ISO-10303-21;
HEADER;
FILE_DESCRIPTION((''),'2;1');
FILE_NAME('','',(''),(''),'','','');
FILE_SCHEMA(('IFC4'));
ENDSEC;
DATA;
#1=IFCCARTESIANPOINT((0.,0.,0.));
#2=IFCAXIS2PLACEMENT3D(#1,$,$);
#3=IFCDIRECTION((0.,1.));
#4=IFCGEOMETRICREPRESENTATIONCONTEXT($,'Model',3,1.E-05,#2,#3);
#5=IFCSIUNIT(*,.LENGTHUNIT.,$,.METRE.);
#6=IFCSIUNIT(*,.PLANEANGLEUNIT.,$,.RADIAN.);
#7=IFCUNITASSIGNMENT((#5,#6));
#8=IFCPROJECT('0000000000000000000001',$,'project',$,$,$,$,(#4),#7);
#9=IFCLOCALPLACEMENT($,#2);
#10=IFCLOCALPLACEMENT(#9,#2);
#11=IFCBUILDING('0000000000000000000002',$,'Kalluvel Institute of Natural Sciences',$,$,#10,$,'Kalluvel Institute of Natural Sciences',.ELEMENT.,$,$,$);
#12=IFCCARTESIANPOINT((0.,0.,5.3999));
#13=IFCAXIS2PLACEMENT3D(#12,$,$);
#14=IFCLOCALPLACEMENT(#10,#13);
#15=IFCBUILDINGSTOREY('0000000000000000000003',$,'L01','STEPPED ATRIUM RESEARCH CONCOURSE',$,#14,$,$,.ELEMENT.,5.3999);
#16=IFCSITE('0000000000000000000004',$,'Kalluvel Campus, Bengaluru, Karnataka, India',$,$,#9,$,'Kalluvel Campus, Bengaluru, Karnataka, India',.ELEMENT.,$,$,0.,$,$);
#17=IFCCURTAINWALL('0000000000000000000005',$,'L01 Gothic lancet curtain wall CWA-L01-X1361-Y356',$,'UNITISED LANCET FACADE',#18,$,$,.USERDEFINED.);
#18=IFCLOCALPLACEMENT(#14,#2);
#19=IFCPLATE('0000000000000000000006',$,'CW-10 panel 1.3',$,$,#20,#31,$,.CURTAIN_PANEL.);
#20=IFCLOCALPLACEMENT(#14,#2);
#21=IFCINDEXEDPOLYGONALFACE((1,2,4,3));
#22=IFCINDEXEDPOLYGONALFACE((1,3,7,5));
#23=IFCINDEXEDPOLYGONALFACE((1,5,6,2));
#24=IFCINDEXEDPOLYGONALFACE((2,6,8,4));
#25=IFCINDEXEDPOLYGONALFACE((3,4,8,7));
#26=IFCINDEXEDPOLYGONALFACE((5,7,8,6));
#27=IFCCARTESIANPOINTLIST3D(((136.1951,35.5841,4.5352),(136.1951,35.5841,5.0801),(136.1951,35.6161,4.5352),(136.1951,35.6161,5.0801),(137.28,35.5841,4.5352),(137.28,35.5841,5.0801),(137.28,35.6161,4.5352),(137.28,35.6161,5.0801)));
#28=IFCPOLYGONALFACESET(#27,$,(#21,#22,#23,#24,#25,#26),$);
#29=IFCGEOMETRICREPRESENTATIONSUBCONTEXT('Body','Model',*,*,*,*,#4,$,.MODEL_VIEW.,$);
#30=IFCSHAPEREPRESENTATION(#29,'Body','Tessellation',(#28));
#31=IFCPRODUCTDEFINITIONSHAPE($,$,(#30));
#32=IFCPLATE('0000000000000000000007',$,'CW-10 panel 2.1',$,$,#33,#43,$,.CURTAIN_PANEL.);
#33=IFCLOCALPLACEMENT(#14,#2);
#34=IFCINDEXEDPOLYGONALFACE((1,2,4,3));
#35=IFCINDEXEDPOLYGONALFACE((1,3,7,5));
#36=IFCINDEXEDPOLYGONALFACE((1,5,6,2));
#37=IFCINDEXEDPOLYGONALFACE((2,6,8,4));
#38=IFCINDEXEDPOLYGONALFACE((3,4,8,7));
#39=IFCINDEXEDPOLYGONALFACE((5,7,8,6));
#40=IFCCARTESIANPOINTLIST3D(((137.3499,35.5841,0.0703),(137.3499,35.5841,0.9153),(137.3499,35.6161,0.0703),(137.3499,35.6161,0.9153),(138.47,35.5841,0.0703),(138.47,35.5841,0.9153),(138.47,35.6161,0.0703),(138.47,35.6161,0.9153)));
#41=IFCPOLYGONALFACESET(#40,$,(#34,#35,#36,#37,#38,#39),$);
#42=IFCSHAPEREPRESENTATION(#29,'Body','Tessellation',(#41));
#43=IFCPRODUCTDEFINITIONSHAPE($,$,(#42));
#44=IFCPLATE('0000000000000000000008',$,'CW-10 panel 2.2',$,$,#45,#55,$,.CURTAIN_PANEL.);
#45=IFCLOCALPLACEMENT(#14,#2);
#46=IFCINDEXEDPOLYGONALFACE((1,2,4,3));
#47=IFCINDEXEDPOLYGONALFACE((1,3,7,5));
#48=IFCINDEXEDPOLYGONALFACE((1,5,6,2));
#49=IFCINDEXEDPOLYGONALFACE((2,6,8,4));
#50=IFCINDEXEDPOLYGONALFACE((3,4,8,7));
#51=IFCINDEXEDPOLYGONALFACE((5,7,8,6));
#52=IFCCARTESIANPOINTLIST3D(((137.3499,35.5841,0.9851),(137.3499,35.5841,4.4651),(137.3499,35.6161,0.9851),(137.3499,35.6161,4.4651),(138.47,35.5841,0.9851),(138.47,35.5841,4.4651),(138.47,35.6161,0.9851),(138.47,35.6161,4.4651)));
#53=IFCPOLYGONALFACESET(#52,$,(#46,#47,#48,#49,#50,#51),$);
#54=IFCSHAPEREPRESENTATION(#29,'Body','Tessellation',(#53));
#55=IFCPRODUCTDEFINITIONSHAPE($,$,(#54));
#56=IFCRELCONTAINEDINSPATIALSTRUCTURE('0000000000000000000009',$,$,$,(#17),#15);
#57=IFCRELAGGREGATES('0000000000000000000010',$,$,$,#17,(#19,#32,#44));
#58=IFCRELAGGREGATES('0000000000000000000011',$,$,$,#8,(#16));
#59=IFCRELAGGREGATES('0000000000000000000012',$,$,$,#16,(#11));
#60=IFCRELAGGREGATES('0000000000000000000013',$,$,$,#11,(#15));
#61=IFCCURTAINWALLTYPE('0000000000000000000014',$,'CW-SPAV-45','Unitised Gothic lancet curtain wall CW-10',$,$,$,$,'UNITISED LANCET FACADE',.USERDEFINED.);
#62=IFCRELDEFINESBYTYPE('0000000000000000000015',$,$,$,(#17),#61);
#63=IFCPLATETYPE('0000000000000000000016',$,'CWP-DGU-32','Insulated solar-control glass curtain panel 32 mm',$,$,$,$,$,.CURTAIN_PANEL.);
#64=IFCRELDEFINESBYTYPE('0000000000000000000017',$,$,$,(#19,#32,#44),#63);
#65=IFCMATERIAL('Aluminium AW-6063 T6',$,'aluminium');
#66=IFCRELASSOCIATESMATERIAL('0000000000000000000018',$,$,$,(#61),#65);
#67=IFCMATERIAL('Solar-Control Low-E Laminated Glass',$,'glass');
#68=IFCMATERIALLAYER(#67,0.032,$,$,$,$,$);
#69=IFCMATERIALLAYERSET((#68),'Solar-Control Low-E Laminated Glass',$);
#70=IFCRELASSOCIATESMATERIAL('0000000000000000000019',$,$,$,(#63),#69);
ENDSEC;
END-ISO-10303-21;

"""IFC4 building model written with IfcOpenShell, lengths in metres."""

from ifc_helpers import new_model, si_unit, direction, frame, origin, origin_2d, place, context, subcontext, project, spatial, rectangle, extrude, material, layer, layer_set, type_object, element, aggregate, save


model = new_model("IFC4")

# Units and contexts
model_context = context("Model", 3, precision=1e-05, world=origin(), true_north=direction((0.0, 1.0)))
body_context = subcontext(model_context, "Body", "Model", "MODEL_VIEW")
ifc_project = project(units=[si_unit("LENGTHUNIT", "METRE"), si_unit("PLANEANGLEUNIT", "RADIAN")], contexts=[model_context])

# Site, building, storey
site_placement = place(None, origin())
site = spatial("IfcSite", under=ifc_project, at=site_placement, Name="Kalluvel Campus, Bengaluru, Karnataka, India", LongName="Kalluvel Campus, Bengaluru, Karnataka, India", CompositionType="ELEMENT", RefElevation=0.0)
building_placement = place(site_placement, origin())
building = spatial("IfcBuilding", under=site, at=building_placement, Name="Kalluvel Institute of Natural Sciences", LongName="Kalluvel Institute of Natural Sciences", CompositionType="ELEMENT")
storey_placement = place(building_placement, frame((0.0, 0.0, 5.3999)))
storey = spatial("IfcBuildingStorey", under=building, at=storey_placement, Name="L01", Description="STEPPED ATRIUM RESEARCH CONCOURSE", CompositionType="ELEMENT", Elevation=5.3999)

# Curtain wall
ifc_material_1 = material(Name="Aluminium AW-6063 T6", Category="aluminium")
curtain_wall_type = type_object("IfcCurtainWallType", Name="CW-SPAV-45", Description="Unitised Gothic lancet curtain wall CW-10", ElementType="UNITISED LANCET FACADE", PredefinedType="USERDEFINED", material=ifc_material_1)
curtain_wall_1_placement = place(storey_placement, origin())
curtain_wall_1 = element("IfcCurtainWall", 1, at=curtain_wall_1_placement, inside=storey, type_object=curtain_wall_type, Name="L01 Gothic lancet curtain wall CWA-L01-X1361-Y356", ObjectType="UNITISED LANCET FACADE", PredefinedType="USERDEFINED")

# Plates
ifc_material_2 = material(Name="Solar-Control Low-E Laminated Glass", Category="glass")
ifc_layer = layer(ifc_material_2, 0.032)
ifc_layer_set = layer_set([ifc_layer], Name="Solar-Control Low-E Laminated Glass")
plate_type = type_object("IfcPlateType", Name="CWP-DGU-32", Description="Insulated solar-control glass curtain panel 32 mm", PredefinedType="CURTAIN_PANEL", material=ifc_layer_set)
plate_1_placement = place(storey_placement, frame((136.7375, 35.6001, 4.5352), z_axis=(0.0, 0.0, 1.0), x_axis=(1.0, 0.0, 0.0)))
plate_1 = element("IfcPlate", 2, at=plate_1_placement, type_object=plate_type, Name="CW-10 panel 1.3", PredefinedType="CURTAIN_PANEL", context=body_context, shape_type="SweptSolid", body=[
    extrude(rectangle(XDim=1.085, YDim=0.032, at=origin_2d()), origin(), (0.0, 0.0, 1.0), 0.5449),
])
plate_2_placement = place(storey_placement, frame((137.9099, 35.6001, 0.0703), z_axis=(0.0, 0.0, 1.0), x_axis=(1.0, 0.0, 0.0)))
plate_2 = element("IfcPlate", 3, at=plate_2_placement, type_object=plate_type, Name="CW-10 panel 2.1", PredefinedType="CURTAIN_PANEL", context=body_context, shape_type="SweptSolid", body=[
    extrude(rectangle(XDim=1.1201, YDim=0.032, at=origin_2d()), origin(), (0.0, 0.0, 1.0), 0.845),
])
plate_3_placement = place(storey_placement, frame((137.9099, 35.6001, 0.9851), z_axis=(0.0, 0.0, 1.0), x_axis=(1.0, 0.0, 0.0)))
plate_3 = element("IfcPlate", 4, at=plate_3_placement, type_object=plate_type, Name="CW-10 panel 2.2", PredefinedType="CURTAIN_PANEL", context=body_context, shape_type="SweptSolid", body=[
    extrude(rectangle(XDim=1.1201, YDim=0.032, at=origin_2d()), origin(), (0.0, 0.0, 1.0), 3.48),
])
aggregate(curtain_wall_1, [plate_1, plate_2, plate_3])

save(model, "model.ifc")
